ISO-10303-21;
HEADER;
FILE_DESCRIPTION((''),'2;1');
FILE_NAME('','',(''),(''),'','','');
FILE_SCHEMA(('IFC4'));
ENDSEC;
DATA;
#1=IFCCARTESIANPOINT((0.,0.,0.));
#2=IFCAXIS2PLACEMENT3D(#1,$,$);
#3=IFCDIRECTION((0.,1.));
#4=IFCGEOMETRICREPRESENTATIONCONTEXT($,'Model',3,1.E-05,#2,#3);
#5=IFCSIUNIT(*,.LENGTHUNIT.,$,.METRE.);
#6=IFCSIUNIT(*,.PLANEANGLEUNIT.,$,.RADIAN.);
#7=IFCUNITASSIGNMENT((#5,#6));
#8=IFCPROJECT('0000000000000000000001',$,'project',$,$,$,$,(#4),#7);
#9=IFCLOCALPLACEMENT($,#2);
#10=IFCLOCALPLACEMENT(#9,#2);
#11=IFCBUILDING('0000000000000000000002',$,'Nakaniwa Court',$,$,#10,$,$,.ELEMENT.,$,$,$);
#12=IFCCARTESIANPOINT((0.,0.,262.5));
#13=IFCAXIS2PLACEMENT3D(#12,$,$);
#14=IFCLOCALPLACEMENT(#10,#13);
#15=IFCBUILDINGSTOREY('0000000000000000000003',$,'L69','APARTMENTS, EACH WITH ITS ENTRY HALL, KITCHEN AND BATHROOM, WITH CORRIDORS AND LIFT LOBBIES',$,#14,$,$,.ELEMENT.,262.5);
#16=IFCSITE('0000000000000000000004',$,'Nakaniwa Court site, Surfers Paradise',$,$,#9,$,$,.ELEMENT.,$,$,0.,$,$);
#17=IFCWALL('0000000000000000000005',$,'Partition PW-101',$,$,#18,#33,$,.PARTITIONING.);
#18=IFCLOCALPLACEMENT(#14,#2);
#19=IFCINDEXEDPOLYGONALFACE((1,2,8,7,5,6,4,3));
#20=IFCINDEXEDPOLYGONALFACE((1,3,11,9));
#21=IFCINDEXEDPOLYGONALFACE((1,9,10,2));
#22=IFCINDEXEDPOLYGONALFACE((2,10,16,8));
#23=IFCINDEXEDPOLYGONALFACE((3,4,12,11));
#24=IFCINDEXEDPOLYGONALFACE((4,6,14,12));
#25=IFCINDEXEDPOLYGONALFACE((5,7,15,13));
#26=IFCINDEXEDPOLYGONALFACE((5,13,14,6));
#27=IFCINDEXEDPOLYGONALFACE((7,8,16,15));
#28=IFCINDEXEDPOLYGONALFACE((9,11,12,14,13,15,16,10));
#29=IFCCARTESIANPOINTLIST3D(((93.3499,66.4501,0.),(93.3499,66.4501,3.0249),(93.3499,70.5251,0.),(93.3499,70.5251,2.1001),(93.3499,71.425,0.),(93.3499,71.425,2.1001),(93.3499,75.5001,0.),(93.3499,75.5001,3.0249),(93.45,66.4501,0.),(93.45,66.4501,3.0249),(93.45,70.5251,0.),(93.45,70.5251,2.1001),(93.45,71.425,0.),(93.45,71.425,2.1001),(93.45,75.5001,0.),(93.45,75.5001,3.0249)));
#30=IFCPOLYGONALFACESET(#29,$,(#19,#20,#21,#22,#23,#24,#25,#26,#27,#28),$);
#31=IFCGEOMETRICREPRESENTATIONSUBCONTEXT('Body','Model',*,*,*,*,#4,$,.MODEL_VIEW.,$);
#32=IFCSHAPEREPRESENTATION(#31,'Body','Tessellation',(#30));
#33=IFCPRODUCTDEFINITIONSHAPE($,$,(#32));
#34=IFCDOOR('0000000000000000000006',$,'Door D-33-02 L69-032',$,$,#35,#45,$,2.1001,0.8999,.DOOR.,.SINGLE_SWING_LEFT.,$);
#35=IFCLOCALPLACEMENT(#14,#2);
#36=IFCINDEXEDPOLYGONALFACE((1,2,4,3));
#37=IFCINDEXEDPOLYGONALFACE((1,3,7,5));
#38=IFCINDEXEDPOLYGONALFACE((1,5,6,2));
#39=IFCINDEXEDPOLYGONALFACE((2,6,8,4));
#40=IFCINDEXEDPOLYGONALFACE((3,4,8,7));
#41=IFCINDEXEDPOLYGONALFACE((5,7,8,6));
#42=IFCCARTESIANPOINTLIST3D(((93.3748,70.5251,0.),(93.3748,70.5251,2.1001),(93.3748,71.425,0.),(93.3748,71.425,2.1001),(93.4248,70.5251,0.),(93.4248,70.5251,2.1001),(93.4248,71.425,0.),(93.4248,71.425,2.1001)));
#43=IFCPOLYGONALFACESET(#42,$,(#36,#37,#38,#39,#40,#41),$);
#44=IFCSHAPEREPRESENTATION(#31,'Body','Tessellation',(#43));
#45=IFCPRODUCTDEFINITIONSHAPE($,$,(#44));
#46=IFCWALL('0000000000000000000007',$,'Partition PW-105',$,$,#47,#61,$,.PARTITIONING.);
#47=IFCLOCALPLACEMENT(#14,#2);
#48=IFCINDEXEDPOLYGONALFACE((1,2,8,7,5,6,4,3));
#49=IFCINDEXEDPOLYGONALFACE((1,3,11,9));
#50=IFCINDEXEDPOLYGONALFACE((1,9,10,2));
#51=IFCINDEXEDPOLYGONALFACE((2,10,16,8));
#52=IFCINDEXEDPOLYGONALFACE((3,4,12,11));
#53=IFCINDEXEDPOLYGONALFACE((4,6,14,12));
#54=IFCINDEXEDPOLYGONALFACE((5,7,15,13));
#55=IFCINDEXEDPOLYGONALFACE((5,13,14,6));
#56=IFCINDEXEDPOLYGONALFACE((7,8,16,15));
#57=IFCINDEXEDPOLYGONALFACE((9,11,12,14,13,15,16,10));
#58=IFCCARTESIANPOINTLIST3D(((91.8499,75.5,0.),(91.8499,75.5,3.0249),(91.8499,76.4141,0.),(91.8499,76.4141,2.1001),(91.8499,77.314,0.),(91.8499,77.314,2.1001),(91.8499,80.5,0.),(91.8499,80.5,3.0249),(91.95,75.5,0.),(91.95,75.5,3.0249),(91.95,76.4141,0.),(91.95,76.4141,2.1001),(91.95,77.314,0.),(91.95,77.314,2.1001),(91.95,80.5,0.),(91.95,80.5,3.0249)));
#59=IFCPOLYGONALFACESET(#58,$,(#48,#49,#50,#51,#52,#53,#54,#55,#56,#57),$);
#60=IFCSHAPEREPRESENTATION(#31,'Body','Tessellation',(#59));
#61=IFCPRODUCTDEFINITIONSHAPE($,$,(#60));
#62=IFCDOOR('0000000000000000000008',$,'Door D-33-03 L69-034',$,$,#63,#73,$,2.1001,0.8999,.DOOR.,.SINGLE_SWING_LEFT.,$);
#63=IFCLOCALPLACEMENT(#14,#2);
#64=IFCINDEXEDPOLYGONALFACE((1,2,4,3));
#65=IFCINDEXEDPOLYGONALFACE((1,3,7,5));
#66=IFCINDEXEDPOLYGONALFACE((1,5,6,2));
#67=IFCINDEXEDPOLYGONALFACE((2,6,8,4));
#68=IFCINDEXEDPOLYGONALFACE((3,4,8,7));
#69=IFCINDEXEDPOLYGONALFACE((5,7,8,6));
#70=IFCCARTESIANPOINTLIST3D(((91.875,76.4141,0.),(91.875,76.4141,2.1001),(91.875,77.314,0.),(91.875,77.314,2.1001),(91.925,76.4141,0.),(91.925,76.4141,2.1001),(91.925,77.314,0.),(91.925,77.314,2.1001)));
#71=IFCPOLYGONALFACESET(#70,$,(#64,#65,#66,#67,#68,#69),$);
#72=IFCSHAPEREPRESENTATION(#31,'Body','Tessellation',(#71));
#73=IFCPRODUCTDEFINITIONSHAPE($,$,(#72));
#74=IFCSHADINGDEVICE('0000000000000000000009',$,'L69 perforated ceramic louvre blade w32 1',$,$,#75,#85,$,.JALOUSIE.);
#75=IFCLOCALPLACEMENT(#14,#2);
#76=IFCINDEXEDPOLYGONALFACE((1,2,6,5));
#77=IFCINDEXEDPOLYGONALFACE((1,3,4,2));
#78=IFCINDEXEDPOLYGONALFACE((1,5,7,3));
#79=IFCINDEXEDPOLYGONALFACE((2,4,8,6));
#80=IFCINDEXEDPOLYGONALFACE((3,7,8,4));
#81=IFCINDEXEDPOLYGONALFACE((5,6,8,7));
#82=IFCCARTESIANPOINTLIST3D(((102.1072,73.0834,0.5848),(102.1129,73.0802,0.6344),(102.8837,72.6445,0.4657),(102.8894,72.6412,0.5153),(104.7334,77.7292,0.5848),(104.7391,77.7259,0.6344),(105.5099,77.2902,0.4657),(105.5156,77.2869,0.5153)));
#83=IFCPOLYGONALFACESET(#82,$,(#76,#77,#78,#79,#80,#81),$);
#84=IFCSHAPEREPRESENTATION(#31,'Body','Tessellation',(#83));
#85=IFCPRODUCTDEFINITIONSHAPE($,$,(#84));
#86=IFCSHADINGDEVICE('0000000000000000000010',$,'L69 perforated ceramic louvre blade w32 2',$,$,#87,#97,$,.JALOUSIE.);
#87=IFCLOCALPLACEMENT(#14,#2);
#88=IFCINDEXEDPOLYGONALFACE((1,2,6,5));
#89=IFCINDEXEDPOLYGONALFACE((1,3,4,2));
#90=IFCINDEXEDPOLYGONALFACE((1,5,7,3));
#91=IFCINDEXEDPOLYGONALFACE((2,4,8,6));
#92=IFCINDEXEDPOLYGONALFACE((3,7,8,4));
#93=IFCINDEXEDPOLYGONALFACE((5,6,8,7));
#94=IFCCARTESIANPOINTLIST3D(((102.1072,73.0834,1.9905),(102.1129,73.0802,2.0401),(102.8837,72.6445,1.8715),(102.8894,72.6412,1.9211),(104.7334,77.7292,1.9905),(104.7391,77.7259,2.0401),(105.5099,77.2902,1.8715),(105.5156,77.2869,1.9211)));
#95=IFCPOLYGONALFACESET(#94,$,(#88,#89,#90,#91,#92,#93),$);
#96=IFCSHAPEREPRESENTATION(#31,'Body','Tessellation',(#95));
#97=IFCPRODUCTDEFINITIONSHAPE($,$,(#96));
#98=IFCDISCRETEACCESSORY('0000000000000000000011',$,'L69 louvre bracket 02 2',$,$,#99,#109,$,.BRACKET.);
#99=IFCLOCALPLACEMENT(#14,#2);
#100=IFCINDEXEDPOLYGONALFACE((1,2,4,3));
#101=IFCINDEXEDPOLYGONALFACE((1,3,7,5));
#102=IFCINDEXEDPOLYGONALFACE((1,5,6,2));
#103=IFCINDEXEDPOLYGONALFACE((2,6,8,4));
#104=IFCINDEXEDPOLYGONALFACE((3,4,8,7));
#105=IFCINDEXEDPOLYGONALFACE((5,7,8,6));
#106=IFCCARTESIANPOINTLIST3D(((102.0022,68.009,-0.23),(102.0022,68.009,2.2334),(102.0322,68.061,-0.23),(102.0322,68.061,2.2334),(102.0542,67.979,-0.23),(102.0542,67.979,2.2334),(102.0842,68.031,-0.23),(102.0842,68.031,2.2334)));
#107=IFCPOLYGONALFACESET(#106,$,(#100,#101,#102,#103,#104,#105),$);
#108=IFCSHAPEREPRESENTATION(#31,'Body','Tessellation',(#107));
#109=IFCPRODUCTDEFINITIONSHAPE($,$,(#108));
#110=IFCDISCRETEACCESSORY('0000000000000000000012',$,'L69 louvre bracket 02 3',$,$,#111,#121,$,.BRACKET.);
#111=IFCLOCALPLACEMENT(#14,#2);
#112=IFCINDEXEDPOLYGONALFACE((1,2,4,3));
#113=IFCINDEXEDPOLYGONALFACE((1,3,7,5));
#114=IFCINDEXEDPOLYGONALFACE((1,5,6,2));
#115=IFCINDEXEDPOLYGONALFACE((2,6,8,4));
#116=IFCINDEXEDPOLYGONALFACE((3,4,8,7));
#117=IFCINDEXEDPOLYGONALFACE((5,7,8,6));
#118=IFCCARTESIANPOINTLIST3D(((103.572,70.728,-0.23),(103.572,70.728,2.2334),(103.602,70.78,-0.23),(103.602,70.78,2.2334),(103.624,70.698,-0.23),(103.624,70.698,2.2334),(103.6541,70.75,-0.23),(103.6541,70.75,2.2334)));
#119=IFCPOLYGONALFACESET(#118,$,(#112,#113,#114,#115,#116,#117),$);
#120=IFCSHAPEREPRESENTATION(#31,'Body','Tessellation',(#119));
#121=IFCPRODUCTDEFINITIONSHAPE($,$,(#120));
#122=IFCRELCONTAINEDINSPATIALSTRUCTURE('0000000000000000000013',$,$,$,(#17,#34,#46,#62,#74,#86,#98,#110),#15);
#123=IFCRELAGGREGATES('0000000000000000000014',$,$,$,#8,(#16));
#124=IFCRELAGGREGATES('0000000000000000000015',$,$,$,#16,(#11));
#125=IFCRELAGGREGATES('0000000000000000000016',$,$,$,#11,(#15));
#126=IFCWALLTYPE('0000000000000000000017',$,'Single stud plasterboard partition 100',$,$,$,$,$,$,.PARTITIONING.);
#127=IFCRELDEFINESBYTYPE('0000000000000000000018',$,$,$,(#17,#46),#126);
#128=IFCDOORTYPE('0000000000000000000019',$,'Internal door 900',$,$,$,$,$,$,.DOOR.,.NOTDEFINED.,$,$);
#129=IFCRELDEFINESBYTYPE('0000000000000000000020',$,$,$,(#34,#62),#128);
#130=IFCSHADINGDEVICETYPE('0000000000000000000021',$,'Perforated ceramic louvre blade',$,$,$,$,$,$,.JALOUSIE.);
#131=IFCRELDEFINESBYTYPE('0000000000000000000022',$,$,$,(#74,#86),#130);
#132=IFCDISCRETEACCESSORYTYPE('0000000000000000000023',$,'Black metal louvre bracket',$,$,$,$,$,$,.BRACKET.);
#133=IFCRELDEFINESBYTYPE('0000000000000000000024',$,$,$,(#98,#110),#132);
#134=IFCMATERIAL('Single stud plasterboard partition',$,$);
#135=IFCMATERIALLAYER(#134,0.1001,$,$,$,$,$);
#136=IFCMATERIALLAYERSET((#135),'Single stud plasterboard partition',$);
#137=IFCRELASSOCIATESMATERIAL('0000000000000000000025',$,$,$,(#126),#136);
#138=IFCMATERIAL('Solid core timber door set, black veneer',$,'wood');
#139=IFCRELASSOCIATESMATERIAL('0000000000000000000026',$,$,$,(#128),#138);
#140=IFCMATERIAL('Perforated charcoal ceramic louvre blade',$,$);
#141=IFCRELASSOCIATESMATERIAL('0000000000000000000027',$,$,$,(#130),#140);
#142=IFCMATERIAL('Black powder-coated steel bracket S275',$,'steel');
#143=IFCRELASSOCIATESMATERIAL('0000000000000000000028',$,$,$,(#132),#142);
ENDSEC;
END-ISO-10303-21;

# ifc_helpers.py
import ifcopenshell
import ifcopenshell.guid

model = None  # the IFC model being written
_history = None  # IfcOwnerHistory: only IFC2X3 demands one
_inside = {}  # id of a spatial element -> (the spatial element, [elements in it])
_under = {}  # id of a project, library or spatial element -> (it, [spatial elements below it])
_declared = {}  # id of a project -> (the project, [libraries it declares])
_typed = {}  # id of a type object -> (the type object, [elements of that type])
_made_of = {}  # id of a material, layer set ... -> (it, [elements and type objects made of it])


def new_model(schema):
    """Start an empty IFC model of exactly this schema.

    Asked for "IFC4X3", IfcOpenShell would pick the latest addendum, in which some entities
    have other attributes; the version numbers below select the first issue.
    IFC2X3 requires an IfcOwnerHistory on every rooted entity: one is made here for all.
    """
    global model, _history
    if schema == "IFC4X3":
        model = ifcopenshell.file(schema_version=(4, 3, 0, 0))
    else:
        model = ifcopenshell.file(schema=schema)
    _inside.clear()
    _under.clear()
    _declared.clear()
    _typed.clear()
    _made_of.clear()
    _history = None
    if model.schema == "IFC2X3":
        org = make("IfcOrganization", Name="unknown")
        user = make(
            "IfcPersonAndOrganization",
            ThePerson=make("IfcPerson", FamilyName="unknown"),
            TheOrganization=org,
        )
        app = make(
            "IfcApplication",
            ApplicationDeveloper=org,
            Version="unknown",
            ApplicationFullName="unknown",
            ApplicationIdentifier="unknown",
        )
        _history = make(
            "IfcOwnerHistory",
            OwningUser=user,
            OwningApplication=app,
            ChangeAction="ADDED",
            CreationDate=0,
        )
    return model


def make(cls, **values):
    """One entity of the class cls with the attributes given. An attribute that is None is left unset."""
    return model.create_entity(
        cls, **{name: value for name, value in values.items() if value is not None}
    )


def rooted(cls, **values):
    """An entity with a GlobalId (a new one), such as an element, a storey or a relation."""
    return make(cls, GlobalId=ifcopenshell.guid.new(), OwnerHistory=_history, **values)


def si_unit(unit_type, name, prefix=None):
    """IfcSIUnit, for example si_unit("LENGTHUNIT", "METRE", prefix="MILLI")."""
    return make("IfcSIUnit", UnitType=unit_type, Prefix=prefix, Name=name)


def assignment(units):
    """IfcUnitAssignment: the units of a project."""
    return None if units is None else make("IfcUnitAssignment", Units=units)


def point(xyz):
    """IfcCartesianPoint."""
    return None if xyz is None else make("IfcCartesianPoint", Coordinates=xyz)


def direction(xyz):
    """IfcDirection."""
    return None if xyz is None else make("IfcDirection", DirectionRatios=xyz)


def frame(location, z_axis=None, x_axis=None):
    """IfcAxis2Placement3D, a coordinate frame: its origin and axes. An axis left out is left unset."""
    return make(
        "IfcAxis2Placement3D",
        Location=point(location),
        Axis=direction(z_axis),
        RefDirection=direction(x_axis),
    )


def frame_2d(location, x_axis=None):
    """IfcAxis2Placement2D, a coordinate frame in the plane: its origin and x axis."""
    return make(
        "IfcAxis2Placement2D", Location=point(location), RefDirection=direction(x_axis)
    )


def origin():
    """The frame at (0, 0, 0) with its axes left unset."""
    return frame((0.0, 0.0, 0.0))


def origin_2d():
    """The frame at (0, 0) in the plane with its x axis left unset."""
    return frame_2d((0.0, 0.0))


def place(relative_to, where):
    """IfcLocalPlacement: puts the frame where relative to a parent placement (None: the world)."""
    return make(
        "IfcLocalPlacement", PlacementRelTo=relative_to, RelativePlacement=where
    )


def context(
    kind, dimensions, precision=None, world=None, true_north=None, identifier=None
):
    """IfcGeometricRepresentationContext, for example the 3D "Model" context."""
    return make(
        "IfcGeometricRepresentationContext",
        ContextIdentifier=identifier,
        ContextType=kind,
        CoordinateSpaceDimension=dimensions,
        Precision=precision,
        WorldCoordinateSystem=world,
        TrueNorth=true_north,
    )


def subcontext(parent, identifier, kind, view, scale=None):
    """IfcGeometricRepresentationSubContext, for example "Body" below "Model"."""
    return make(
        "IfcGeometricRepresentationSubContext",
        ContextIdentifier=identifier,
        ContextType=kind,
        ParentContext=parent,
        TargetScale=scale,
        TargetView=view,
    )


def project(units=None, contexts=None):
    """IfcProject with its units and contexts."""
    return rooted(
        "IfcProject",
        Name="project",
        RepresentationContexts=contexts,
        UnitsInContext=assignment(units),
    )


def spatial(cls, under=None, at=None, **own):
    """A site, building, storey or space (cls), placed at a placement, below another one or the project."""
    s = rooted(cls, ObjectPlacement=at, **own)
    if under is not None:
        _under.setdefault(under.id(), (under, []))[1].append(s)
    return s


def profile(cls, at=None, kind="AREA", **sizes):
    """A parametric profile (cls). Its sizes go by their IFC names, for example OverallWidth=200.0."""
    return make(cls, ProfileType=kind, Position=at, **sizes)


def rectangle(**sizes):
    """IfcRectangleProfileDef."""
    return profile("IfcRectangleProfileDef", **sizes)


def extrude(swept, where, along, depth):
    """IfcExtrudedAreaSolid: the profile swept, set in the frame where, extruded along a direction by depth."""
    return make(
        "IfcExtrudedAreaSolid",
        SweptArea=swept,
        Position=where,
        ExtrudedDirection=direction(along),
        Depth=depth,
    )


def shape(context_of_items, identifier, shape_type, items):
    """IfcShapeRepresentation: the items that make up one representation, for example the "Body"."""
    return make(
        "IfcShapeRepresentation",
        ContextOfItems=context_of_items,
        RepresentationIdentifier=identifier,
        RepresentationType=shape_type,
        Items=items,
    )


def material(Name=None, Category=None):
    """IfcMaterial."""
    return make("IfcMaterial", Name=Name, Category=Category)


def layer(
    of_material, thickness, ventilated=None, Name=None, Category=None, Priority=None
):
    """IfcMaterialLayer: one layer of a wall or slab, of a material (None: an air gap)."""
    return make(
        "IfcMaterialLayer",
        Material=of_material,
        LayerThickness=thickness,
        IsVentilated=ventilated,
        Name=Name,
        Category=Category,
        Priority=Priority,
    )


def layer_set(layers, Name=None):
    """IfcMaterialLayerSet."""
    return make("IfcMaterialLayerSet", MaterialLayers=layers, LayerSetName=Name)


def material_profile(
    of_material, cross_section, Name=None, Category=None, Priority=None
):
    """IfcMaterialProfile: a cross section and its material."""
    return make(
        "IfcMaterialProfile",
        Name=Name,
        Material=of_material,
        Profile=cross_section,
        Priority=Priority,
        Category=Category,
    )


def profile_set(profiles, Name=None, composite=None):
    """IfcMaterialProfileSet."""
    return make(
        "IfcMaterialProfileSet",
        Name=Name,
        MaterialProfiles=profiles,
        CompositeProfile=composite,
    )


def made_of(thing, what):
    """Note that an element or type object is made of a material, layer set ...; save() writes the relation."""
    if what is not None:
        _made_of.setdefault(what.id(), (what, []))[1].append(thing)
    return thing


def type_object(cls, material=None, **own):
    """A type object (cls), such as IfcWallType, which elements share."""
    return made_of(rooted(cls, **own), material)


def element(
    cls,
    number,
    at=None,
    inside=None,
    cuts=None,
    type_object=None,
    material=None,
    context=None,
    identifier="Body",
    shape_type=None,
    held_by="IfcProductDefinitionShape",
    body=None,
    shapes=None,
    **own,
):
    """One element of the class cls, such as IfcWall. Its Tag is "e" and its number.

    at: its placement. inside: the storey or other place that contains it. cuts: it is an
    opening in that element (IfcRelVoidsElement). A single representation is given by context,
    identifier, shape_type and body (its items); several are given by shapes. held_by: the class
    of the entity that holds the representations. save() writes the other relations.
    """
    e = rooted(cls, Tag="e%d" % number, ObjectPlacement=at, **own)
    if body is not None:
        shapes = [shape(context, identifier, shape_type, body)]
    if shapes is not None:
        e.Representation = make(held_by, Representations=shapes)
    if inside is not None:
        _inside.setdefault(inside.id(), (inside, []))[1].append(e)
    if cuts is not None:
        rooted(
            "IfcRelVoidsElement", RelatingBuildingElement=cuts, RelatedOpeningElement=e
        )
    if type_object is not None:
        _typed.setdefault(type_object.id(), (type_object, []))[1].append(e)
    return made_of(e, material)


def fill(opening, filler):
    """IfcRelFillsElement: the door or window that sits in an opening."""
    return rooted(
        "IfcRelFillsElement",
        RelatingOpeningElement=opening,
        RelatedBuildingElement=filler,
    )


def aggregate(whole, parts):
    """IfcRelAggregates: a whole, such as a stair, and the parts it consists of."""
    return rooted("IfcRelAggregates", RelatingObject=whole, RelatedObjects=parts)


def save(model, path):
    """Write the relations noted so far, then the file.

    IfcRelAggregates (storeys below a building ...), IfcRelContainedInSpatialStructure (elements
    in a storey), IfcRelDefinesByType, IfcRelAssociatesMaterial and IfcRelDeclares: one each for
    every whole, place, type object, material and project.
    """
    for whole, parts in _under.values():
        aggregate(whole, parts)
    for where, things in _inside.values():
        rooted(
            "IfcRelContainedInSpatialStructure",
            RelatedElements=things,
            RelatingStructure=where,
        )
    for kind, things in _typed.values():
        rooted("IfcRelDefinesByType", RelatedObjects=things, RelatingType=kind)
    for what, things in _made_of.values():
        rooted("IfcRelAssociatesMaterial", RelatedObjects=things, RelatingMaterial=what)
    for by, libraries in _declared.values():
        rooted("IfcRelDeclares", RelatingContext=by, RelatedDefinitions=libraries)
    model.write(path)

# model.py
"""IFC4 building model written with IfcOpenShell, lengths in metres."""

from ifc_helpers import new_model, si_unit, direction, frame, frame_2d, origin, origin_2d, place, context, subcontext, project, spatial, rectangle, extrude, material, layer, layer_set, material_profile, profile_set, type_object, element, fill, save


model = new_model("IFC4")

# Units and contexts
model_context = context("Model", 3, precision=1e-05, world=origin(), true_north=direction((0.0, 1.0)))
body_context = subcontext(model_context, "Body", "Model", "MODEL_VIEW")
ifc_project = project(units=[si_unit("LENGTHUNIT", "METRE"), si_unit("PLANEANGLEUNIT", "RADIAN")], contexts=[model_context])

# Site, building, storey
site_placement = place(None, origin())
site = spatial("IfcSite", under=ifc_project, at=site_placement, Name="Nakaniwa Court site, Surfers Paradise", CompositionType="ELEMENT", RefElevation=0.0)
building_placement = place(site_placement, origin())
building = spatial("IfcBuilding", under=site, at=building_placement, Name="Nakaniwa Court", CompositionType="ELEMENT")
storey_placement = place(building_placement, frame((0.0, 0.0, 262.5)))
storey = spatial("IfcBuildingStorey", under=building, at=storey_placement, Name="L69", Description="APARTMENTS, EACH WITH ITS ENTRY HALL, KITCHEN AND BATHROOM, WITH CORRIDORS AND LIFT LOBBIES", CompositionType="ELEMENT", Elevation=262.5)

# Walls, openings, doors
ifc_material_1 = material(Name="Single stud plasterboard partition")
ifc_layer_1 = layer(ifc_material_1, 0.1001)
ifc_layer_set_1 = layer_set([ifc_layer_1], Name="Single stud plasterboard partition")
wall_type_1 = type_object("IfcWallType", Name="Single stud plasterboard partition 100", PredefinedType="PARTITIONING", material=ifc_layer_set_1)
wall_1_placement = place(storey_placement, frame((93.3999, 75.5, 0.0), z_axis=(0.0, 0.0, 1.0), x_axis=(0.0, -1.0, 0.0)))
wall_1 = element("IfcWall", 1, at=wall_1_placement, inside=storey, type_object=wall_type_1, Name="Partition PW-101", PredefinedType="PARTITIONING", context=body_context, shape_type="SweptSolid", body=[
    extrude(rectangle(XDim=9.05, YDim=0.1001, at=frame_2d((4.5249, 0.0))), origin(), (0.0, 0.0, 1.0), 3.0249),
])
opening_1_placement = place(wall_1_placement, frame((4.075, 0.0, 0.0)))
opening_1 = element("IfcOpeningElement", 2, at=opening_1_placement, cuts=wall_1, PredefinedType="OPENING", context=body_context, shape_type="SweptSolid", body=[
    extrude(rectangle(XDim=0.8999, YDim=2.1001, at=frame_2d((0.45, 1.05))), frame((0.0, 0.0601, 0.0), z_axis=(0.0, -1.0, 0.0), x_axis=(1.0, 0.0, 0.0)), (0.0, 0.0, 1.0), 0.1201),
])
ifc_material_2 = material(Name="Solid core timber door set, black veneer", Category="wood")
door_type_1 = type_object("IfcDoorType", Name="Internal door 900", OperationType="NOTDEFINED", PredefinedType="DOOR", material=ifc_material_2)
door_1_placement = place(opening_1_placement, origin())
door_1 = element("IfcDoor", 3, at=door_1_placement, inside=storey, type_object=door_type_1, Name="Door D-33-02 L69-032", OperationType="SINGLE_SWING_LEFT", OverallHeight=2.1001, OverallWidth=0.8999, PredefinedType="DOOR", context=body_context, shape_type="SweptSolid", body=[
    extrude(rectangle(XDim=0.8999, YDim=2.1001, at=frame_2d((0.45, 1.05))), frame((0.0, 0.0249, 0.0), z_axis=(0.0, -1.0, 0.0), x_axis=(1.0, 0.0, 0.0)), (0.0, 0.0, 1.0), 0.05),
])
fill(opening_1, door_1)
wall_2_placement = place(storey_placement, frame((91.8999, 75.5, 0.0), z_axis=(0.0, 0.0, 1.0), x_axis=(0.0, 1.0, 0.0)))
wall_2 = element("IfcWall", 4, at=wall_2_placement, inside=storey, type_object=wall_type_1, Name="Partition PW-105", PredefinedType="PARTITIONING", context=body_context, shape_type="SweptSolid", body=[
    extrude(rectangle(XDim=5.0, YDim=0.1001, at=frame_2d((2.5, 0.0))), origin(), (0.0, 0.0, 1.0), 3.0249),
])
opening_2_placement = place(wall_2_placement, frame((0.9141, 0.0, 0.0)))
opening_2 = element("IfcOpeningElement", 5, at=opening_2_placement, cuts=wall_2, PredefinedType="OPENING", context=body_context, shape_type="SweptSolid", body=[
    extrude(rectangle(XDim=0.8999, YDim=2.1001, at=frame_2d((0.45, 1.05))), frame((0.0, 0.0601, 0.0), z_axis=(0.0, -1.0, 0.0), x_axis=(1.0, 0.0, 0.0)), (0.0, 0.0, 1.0), 0.1201),
])
door_2_placement = place(opening_2_placement, origin())
door_2 = element("IfcDoor", 6, at=door_2_placement, inside=storey, type_object=door_type_1, Name="Door D-33-03 L69-034", OperationType="SINGLE_SWING_LEFT", OverallHeight=2.1001, OverallWidth=0.8999, PredefinedType="DOOR", context=body_context, shape_type="SweptSolid", body=[
    extrude(rectangle(XDim=0.8999, YDim=2.1001, at=frame_2d((0.45, 1.05))), frame((0.0, 0.0249, 0.0), z_axis=(0.0, -1.0, 0.0), x_axis=(1.0, 0.0, 0.0)), (0.0, 0.0, 1.0), 0.05),
])
fill(opening_2, door_2)

# Shading devices
ifc_material_3 = material(Name="Perforated charcoal ceramic louvre blade")
ifc_material_profile_1 = material_profile(ifc_material_3, rectangle(XDim=0.8999, YDim=0.05, at=origin_2d()), Name="Perforated ceramic louvre blade")
ifc_profile_set_1 = profile_set([ifc_material_profile_1], Name="Perforated charcoal ceramic louvre blade")
shading_device_type = type_object("IfcShadingDeviceType", Name="Perforated ceramic louvre blade", PredefinedType="JALOUSIE", material=ifc_profile_set_1)
for number, where, z_axis, x_axis, name in (
    (7, (102.4983, 72.8623, 0.55), (0.492109, 0.870534, 0.0), (-0.862887, 0.487786, 0.132256), "L69 perforated ceramic louvre blade w32 1"),
    (8, (102.4983, 72.8623, 1.9558), (0.492109, 0.870534, 0.0), (-0.862887, 0.487786, 0.132256), "L69 perforated ceramic louvre blade w32 2"),
):
    element("IfcShadingDevice", number, at=place(storey_placement, frame(where, z_axis=z_axis, x_axis=x_axis)), inside=storey, type_object=shading_device_type, Name=name, PredefinedType="JALOUSIE", context=body_context, shape_type="SweptSolid", body=[
        extrude(rectangle(XDim=0.8999, YDim=0.05, at=origin_2d()), origin(), (0.0, 0.0, 1.0), 5.3367),
    ])

# Discrete accessories
ifc_material_4 = material(Name="Black powder-coated steel bracket S275", Category="steel")
discrete_accessory_type = type_object("IfcDiscreteAccessoryType", Name="Black metal louvre bracket", PredefinedType="BRACKET", material=ifc_material_4)
for number, where, z_axis, x_axis, name in (
    (9, (102.0432, 68.02, -0.23), (0.0, 0.0, 1.0), (0.499986, 0.866033, 0.0), "L69 louvre bracket 02 2"),
    (10, (103.613, 70.739, -0.23), (0.0, 0.0, 1.0), (0.499986, 0.866033, 0.0), "L69 louvre bracket 02 3"),
):
    element("IfcDiscreteAccessory", number, at=place(storey_placement, frame(where, z_axis=z_axis, x_axis=x_axis)), inside=storey, type_object=discrete_accessory_type, Name=name, PredefinedType="BRACKET", context=body_context, shape_type="SweptSolid", body=[
        extrude(rectangle(XDim=0.0601, YDim=0.0601, at=origin_2d()), origin(), (0.0, 0.0, 1.0), 2.4634),
    ])

save(model, "model.ifc")
